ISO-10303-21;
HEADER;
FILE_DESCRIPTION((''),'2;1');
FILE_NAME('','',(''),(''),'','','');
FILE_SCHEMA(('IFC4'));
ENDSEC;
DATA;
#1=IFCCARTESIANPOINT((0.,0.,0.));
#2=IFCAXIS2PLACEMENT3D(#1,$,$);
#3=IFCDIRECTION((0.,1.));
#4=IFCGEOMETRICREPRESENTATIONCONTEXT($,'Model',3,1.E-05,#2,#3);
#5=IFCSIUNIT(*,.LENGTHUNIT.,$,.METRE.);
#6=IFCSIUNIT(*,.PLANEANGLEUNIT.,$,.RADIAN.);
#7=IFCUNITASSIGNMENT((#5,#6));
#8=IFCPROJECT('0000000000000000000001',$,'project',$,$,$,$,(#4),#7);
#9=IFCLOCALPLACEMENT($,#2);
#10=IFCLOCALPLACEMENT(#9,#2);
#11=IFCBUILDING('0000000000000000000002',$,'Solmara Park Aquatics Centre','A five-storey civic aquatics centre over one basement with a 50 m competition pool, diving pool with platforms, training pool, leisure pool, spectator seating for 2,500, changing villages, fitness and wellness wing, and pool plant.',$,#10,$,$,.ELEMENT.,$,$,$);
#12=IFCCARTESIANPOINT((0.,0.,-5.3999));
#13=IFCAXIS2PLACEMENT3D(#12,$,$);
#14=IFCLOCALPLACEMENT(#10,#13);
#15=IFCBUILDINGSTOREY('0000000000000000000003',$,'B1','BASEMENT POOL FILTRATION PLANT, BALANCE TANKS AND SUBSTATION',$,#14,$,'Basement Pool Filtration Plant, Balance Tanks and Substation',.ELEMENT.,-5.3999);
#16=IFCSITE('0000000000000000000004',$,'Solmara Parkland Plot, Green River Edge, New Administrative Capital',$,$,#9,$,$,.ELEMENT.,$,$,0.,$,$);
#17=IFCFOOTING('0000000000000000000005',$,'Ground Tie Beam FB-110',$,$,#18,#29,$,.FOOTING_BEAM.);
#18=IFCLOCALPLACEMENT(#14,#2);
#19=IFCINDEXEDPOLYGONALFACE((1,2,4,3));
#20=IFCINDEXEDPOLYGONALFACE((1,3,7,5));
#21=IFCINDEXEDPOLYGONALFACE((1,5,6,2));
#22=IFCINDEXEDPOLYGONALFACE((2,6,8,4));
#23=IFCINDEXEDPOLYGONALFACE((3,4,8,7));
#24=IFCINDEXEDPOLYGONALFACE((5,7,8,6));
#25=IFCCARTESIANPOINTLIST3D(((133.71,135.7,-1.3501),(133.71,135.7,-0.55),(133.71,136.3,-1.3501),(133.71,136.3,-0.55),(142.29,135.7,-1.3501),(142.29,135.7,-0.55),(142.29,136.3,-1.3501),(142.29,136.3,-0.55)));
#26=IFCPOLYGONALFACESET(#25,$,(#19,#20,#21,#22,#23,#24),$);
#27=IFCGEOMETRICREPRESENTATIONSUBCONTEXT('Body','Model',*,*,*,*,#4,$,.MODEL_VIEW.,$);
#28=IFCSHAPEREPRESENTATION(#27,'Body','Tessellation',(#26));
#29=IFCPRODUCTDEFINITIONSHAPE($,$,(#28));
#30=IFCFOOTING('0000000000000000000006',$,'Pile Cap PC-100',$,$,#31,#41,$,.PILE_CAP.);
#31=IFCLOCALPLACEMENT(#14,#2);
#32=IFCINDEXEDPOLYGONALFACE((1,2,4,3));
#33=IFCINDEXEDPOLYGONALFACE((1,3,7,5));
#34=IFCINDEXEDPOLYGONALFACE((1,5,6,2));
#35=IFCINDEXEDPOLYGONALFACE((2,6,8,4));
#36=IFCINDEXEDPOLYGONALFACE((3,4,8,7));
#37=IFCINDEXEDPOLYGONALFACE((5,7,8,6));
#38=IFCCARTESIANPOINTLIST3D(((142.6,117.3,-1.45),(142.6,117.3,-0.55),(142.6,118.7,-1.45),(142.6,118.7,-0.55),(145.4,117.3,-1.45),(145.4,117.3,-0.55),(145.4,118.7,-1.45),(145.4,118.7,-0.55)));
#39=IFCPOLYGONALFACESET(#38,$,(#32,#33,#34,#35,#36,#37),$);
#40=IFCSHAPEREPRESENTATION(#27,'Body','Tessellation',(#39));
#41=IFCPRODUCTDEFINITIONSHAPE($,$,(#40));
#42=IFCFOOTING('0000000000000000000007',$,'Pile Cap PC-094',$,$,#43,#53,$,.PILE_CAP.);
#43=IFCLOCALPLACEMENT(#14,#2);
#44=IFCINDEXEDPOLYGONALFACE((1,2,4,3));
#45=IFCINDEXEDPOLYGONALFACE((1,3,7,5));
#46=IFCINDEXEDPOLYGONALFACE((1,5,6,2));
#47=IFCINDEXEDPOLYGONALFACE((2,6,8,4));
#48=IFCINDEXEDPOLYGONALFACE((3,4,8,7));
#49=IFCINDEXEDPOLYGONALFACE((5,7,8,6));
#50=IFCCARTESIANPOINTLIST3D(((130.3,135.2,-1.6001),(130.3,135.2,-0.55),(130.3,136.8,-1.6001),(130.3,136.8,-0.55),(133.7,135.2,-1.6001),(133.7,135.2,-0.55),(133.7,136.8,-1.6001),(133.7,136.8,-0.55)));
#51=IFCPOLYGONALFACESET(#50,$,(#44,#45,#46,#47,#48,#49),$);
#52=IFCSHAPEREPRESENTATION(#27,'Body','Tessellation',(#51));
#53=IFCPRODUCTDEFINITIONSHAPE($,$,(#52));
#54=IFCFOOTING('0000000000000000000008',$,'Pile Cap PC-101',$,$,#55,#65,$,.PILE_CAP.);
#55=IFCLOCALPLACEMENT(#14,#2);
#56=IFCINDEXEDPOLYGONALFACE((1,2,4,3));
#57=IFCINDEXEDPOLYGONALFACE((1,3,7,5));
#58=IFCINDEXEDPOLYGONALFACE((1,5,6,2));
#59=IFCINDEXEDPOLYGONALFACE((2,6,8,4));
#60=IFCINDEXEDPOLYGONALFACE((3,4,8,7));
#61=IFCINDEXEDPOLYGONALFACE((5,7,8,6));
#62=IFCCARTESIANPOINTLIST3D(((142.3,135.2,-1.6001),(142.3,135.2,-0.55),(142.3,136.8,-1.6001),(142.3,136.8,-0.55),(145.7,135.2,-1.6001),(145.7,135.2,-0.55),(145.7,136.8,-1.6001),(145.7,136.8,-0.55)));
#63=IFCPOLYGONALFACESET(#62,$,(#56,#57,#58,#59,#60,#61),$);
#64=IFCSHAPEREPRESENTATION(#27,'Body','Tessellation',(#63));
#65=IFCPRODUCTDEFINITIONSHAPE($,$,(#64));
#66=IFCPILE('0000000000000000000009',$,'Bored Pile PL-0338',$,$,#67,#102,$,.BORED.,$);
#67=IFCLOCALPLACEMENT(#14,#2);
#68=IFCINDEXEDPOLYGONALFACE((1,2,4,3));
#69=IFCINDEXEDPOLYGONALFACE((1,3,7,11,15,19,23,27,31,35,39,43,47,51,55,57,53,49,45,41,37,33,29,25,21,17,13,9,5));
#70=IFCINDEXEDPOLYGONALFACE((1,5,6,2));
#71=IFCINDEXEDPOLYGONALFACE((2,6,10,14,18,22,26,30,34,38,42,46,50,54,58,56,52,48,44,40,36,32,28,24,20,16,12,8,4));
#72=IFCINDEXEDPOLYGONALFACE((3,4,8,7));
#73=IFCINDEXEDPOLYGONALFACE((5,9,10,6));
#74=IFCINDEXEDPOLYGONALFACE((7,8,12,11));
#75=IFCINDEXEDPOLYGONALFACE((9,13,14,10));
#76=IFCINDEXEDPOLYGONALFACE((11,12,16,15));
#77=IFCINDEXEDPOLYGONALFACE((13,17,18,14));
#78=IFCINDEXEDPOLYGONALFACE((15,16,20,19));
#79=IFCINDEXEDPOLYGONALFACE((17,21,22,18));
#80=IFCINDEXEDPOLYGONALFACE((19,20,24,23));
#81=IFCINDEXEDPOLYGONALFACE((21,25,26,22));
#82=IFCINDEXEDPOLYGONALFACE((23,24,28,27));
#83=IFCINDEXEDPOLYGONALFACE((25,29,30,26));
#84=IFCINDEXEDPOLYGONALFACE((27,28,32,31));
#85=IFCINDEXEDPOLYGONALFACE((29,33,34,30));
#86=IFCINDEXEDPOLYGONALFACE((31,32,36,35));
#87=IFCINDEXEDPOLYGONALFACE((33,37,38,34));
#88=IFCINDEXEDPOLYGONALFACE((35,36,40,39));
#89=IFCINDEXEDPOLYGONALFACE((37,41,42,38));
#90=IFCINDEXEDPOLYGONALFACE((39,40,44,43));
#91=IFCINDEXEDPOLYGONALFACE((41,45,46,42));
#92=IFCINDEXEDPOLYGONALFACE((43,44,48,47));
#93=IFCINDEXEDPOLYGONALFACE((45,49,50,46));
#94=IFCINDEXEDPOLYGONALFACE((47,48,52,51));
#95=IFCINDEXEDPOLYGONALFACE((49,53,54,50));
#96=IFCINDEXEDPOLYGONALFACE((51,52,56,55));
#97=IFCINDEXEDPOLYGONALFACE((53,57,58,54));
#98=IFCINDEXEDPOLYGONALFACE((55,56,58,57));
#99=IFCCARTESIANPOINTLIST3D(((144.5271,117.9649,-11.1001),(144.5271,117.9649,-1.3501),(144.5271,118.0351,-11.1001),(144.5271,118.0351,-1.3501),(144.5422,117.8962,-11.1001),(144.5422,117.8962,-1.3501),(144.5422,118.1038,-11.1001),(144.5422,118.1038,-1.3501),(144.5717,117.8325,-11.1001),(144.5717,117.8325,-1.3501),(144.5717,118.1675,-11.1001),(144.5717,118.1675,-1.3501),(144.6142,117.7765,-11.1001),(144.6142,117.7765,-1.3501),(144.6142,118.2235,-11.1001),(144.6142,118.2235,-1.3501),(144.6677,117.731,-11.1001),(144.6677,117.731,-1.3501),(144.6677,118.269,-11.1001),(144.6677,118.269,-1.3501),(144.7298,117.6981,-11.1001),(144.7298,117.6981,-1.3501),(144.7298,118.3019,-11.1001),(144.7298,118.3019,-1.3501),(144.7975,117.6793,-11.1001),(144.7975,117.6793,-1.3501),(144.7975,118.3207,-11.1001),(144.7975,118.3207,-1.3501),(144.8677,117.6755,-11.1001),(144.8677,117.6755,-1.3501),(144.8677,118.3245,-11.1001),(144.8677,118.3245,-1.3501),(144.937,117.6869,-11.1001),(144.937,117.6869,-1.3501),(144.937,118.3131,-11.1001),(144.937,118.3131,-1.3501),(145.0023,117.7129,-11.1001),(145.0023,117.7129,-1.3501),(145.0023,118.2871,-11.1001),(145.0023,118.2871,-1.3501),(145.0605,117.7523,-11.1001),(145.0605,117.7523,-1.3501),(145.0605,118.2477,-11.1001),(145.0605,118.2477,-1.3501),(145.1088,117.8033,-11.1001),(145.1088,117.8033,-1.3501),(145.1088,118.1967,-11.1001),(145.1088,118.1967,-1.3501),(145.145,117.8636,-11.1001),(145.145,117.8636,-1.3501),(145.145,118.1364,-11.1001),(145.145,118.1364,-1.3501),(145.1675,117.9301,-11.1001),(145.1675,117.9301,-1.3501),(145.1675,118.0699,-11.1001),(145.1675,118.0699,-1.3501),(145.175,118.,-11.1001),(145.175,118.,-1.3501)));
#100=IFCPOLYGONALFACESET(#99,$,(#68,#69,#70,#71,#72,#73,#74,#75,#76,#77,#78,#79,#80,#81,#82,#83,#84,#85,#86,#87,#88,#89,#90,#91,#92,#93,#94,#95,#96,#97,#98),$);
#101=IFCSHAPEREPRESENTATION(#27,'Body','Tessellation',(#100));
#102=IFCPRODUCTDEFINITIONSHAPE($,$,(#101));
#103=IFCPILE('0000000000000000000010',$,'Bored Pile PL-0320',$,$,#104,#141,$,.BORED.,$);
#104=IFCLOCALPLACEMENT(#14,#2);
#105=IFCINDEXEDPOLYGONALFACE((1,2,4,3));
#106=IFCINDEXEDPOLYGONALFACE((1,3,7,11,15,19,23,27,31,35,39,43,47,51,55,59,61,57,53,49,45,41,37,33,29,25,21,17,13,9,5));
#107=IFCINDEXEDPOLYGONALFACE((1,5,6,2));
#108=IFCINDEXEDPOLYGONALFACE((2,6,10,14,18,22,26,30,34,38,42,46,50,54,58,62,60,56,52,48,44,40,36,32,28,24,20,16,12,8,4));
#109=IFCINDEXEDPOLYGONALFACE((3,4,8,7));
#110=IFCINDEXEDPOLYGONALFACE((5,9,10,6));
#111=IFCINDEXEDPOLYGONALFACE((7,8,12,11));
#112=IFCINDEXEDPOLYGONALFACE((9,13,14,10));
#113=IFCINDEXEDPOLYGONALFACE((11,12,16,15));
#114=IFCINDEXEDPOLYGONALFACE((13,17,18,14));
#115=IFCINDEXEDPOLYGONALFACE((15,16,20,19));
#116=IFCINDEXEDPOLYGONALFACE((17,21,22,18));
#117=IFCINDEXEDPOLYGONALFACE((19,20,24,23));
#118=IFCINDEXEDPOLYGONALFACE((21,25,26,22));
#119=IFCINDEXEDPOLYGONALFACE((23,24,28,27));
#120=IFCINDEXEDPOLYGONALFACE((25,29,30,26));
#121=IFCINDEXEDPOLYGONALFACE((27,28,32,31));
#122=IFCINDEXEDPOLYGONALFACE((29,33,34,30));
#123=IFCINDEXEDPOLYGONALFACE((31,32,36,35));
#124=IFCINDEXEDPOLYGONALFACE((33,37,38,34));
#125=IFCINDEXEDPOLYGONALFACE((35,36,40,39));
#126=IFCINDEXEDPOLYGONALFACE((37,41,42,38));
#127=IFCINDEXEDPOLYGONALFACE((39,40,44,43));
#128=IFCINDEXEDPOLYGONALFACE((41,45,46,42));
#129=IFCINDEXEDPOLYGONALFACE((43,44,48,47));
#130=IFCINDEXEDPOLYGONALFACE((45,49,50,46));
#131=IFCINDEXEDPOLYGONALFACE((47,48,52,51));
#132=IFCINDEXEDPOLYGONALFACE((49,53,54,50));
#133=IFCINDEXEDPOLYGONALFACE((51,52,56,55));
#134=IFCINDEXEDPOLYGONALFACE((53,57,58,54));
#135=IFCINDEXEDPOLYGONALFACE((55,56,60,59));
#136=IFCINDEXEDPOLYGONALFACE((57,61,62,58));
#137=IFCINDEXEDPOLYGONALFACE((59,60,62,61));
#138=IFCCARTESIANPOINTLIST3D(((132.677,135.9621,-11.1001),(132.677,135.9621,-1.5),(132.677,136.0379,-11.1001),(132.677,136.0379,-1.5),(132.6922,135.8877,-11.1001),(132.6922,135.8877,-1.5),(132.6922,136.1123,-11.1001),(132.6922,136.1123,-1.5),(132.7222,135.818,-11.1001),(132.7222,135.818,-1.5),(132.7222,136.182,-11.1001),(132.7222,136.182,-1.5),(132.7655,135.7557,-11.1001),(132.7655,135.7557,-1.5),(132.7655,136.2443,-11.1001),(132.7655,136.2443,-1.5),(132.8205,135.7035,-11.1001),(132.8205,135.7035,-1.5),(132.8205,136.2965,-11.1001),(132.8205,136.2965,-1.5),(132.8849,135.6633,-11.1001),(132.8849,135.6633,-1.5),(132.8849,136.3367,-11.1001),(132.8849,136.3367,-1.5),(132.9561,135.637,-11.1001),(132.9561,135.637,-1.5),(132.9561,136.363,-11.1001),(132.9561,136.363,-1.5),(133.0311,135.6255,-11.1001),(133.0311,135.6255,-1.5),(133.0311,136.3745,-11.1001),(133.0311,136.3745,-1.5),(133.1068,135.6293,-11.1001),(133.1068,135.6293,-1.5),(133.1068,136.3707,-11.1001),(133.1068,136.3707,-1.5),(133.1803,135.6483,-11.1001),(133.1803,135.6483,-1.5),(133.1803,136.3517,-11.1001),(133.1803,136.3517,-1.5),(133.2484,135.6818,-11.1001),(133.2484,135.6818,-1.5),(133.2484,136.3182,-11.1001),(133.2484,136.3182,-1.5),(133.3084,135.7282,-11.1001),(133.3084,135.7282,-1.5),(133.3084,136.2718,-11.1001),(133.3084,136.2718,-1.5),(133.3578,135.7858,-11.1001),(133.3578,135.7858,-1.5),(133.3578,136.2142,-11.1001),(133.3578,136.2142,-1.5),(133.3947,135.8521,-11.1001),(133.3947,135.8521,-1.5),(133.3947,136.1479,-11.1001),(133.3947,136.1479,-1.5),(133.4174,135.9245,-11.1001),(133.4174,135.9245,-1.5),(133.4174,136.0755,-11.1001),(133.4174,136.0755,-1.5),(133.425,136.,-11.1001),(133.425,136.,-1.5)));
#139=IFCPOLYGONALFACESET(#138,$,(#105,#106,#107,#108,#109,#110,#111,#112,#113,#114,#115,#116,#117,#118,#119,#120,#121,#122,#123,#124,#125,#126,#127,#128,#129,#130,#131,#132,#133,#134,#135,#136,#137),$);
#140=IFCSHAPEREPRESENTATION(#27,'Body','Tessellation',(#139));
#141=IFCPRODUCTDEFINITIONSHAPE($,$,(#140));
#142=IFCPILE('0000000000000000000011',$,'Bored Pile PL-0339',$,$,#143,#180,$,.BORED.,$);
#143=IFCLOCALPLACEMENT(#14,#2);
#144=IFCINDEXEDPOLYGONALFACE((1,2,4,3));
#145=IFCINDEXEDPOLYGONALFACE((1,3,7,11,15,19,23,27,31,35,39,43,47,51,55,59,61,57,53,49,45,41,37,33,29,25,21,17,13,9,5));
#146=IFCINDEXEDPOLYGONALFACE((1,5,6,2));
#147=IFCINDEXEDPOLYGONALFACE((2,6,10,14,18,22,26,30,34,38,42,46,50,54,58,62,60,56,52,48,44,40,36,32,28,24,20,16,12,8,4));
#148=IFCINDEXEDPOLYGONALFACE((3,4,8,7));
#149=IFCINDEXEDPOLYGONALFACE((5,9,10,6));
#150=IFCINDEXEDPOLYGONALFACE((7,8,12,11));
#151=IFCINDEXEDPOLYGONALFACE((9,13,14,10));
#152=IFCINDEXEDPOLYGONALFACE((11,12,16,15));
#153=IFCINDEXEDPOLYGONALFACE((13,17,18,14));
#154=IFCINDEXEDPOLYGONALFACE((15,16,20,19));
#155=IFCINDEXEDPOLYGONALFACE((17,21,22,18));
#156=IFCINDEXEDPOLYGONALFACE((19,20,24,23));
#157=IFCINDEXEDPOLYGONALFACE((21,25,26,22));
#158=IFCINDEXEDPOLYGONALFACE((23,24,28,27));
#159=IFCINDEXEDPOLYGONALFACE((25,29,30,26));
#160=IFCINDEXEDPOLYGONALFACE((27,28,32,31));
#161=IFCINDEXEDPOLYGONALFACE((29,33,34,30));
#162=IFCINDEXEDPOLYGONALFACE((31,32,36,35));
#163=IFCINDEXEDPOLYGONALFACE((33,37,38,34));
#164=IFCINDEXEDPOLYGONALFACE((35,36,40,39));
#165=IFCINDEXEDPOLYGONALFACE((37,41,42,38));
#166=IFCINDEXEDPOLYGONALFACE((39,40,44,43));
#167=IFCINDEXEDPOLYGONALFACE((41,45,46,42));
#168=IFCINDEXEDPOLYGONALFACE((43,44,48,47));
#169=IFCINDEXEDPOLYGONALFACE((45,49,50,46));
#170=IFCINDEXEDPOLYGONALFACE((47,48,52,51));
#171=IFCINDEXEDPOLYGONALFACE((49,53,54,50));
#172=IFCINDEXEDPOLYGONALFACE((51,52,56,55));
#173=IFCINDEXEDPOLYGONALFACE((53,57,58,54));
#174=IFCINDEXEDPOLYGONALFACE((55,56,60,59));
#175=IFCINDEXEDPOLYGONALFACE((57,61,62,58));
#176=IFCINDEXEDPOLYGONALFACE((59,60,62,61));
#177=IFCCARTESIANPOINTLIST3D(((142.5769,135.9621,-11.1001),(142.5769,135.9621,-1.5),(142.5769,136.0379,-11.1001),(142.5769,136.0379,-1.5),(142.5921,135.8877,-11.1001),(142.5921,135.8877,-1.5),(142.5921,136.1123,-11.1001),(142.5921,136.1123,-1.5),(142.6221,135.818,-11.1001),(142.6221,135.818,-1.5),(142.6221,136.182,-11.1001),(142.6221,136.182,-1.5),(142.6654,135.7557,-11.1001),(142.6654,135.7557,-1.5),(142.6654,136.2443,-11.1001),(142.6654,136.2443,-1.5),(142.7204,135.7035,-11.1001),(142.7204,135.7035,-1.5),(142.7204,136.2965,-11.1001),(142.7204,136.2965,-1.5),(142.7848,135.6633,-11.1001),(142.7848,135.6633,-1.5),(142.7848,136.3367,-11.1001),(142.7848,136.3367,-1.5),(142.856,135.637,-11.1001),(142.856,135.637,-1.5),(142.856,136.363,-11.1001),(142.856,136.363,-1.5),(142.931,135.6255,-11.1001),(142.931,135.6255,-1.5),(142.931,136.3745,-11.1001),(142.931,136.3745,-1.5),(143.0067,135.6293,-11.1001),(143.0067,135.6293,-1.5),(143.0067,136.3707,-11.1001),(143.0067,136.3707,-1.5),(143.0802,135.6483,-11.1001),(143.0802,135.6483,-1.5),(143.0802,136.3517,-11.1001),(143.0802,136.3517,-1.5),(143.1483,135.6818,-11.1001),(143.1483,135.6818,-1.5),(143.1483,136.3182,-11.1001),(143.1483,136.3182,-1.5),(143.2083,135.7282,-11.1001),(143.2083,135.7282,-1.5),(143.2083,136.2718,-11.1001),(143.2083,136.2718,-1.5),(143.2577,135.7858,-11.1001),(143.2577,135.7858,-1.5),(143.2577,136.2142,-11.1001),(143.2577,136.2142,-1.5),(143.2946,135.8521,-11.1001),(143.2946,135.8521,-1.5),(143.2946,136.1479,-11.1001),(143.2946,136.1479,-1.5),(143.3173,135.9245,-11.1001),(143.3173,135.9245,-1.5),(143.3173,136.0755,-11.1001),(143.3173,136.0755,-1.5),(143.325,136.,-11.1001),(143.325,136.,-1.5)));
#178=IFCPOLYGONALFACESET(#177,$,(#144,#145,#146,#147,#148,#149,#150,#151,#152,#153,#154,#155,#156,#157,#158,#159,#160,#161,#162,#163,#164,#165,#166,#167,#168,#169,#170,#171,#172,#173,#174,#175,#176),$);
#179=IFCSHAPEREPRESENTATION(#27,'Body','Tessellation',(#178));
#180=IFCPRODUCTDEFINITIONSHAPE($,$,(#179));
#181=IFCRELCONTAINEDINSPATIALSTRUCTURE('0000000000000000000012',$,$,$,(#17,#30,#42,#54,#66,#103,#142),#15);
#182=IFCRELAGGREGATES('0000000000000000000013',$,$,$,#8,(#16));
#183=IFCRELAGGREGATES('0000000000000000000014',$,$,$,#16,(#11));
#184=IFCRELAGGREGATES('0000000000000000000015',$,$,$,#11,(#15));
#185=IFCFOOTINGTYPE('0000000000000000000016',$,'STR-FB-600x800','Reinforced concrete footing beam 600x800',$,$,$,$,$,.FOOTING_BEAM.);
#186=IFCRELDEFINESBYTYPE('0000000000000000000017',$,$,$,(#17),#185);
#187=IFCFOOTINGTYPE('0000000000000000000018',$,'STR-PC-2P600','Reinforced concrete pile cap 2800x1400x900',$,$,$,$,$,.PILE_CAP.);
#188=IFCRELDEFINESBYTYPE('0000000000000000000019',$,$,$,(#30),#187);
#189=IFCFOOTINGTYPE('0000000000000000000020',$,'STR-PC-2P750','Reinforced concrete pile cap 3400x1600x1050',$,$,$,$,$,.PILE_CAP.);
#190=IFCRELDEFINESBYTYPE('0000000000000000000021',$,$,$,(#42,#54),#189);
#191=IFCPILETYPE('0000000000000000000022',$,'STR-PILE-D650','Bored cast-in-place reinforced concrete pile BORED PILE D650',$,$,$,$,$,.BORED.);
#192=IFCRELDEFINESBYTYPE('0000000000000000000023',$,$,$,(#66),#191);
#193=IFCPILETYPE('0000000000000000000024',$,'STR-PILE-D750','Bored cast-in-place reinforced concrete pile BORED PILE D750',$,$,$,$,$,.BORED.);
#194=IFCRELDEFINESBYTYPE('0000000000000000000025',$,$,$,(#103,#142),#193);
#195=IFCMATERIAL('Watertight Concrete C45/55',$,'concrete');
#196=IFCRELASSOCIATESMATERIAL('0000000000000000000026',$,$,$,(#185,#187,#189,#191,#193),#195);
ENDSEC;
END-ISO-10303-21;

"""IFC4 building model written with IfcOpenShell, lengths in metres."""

from ifc_helpers import new_model, si_unit, direction, frame, origin, origin_2d, place, context, subcontext, project, spatial, rectangle, circle, extrude, material, material_profile, profile_set, type_object, element, save


model = new_model("IFC4")

# Units and contexts
model_context = context("Model", 3, precision=1e-05, world=origin(), true_north=direction((0.0, 1.0)))
body_context = subcontext(model_context, "Body", "Model", "MODEL_VIEW")
ifc_project = project(units=[si_unit("LENGTHUNIT", "METRE"), si_unit("PLANEANGLEUNIT", "RADIAN")], contexts=[model_context])

# Site, building, storey
site_placement = place(None, origin())
site = spatial("IfcSite", under=ifc_project, at=site_placement, Name="Solmara Parkland Plot, Green River Edge, New Administrative Capital", CompositionType="ELEMENT", RefElevation=0.0)
building_placement = place(site_placement, origin())
building = spatial("IfcBuilding", under=site, at=building_placement, Name="Solmara Park Aquatics Centre", Description="A five-storey civic aquatics centre over one basement with a 50 m competition pool, diving pool with platforms, training pool, leisure pool, spectator seating for 2,500, changing villages, fitness and wellness wing, and pool plant.", CompositionType="ELEMENT")
storey_placement = place(building_placement, frame((0.0, 0.0, -5.3999)))
storey = spatial("IfcBuildingStorey", under=building, at=storey_placement, Name="B1", Description="BASEMENT POOL FILTRATION PLANT, BALANCE TANKS AND SUBSTATION", LongName="Basement Pool Filtration Plant, Balance Tanks and Substation", CompositionType="ELEMENT", Elevation=-5.3999)

# Footings
ifc_material_1 = material(Name="Watertight Concrete C45/55", Category="concrete")
footing_type_1 = type_object("IfcFootingType", Name="STR-FB-600x800", Description="Reinforced concrete footing beam 600x800", PredefinedType="FOOTING_BEAM", material=ifc_material_1)
footing_1_placement = place(storey_placement, frame((138.0, 136.0, -1.3501), z_axis=(0.0, 0.0, 1.0), x_axis=(1.0, 0.0, 0.0)))
element("IfcFooting", 1, at=footing_1_placement, inside=storey, type_object=footing_type_1, Name="Ground Tie Beam FB-110", PredefinedType="FOOTING_BEAM", context=body_context, shape_type="SweptSolid", body=[
    extrude(rectangle(XDim=8.5801, YDim=0.6001, at=origin_2d()), origin(), (0.0, 0.0, 1.0), 0.8),
])
footing_type_2 = type_object("IfcFootingType", Name="STR-PC-2P600", Description="Reinforced concrete pile cap 2800x1400x900", PredefinedType="PILE_CAP", material=ifc_material_1)
footing_2_placement = place(storey_placement, frame((144.0, 118.0, -1.45), z_axis=(0.0, 0.0, 1.0), x_axis=(1.0, 0.0, 0.0)))
element("IfcFooting", 2, at=footing_2_placement, inside=storey, type_object=footing_type_2, Name="Pile Cap PC-100", PredefinedType="PILE_CAP", context=body_context, shape_type="SweptSolid", body=[
    extrude(rectangle(XDim=2.8, YDim=1.3999, at=origin_2d()), origin(), (0.0, 0.0, 1.0), 0.8999),
])
footing_type_3 = type_object("IfcFootingType", Name="STR-PC-2P750", Description="Reinforced concrete pile cap 3400x1600x1050", PredefinedType="PILE_CAP", material=ifc_material_1)
for number, where, z_axis, x_axis, name in (
    (3, (132.0, 136.0, -1.6001), (0.0, 0.0, 1.0), (1.0, 0.0, 0.0), "Pile Cap PC-094"),
    (4, (144.0, 136.0, -1.6001), (0.0, 0.0, 1.0), (1.0, 0.0, 0.0), "Pile Cap PC-101"),
):
    element("IfcFooting", number, at=place(storey_placement, frame(where, z_axis=z_axis, x_axis=x_axis)), inside=storey, type_object=footing_type_3, Name=name, PredefinedType="PILE_CAP", context=body_context, shape_type="SweptSolid", body=[
        extrude(rectangle(XDim=3.3999, YDim=1.6001, at=origin_2d()), origin(), (0.0, 0.0, 1.0), 1.05),
    ])

# Piles
ifc_material_profile_1 = material_profile(ifc_material_1, circle(Radius=0.325, at=origin_2d()), Name="BORED PILE D650")
ifc_profile_set_1 = profile_set([ifc_material_profile_1], Name="Watertight Concrete C45/55")
pile_type_1 = type_object("IfcPileType", Name="STR-PILE-D650", Description="Bored cast-in-place reinforced concrete pile BORED PILE D650", PredefinedType="BORED", material=ifc_profile_set_1)
pile_placement = place(storey_placement, frame((144.8501, 118.0, -1.3501), z_axis=(0.0, 0.0, -1.0), x_axis=(1.0, 0.0, 0.0)))
element("IfcPile", 5, at=pile_placement, inside=storey, type_object=pile_type_1, Name="Bored Pile PL-0338", PredefinedType="BORED", context=body_context, shape_type="SweptSolid", body=[
    extrude(circle(Radius=0.325, at=origin_2d()), origin(), (0.0, 0.0, 1.0), 9.75),
])
ifc_material_profile_2 = material_profile(ifc_material_1, circle(Radius=0.375, at=origin_2d()), Name="BORED PILE D750")
ifc_profile_set_2 = profile_set([ifc_material_profile_2], Name="Watertight Concrete C45/55")
pile_type_2 = type_object("IfcPileType", Name="STR-PILE-D750", Description="Bored cast-in-place reinforced concrete pile BORED PILE D750", PredefinedType="BORED", material=ifc_profile_set_2)
for number, where, z_axis, x_axis, name in (
    (6, (133.05, 136.0, -1.5), (0.0, 0.0, -1.0), (1.0, 0.0, 0.0), "Bored Pile PL-0320"),
    (7, (142.95, 136.0, -1.5), (0.0, 0.0, -1.0), (1.0, 0.0, 0.0), "Bored Pile PL-0339"),
):
    element("IfcPile", number, at=place(storey_placement, frame(where, z_axis=z_axis, x_axis=x_axis)), inside=storey, type_object=pile_type_2, Name=name, PredefinedType="BORED", context=body_context, shape_type="SweptSolid", body=[
        extrude(circle(Radius=0.375, at=origin_2d()), origin(), (0.0, 0.0, 1.0), 9.6001),
    ])

save(model, "model.ifc")
